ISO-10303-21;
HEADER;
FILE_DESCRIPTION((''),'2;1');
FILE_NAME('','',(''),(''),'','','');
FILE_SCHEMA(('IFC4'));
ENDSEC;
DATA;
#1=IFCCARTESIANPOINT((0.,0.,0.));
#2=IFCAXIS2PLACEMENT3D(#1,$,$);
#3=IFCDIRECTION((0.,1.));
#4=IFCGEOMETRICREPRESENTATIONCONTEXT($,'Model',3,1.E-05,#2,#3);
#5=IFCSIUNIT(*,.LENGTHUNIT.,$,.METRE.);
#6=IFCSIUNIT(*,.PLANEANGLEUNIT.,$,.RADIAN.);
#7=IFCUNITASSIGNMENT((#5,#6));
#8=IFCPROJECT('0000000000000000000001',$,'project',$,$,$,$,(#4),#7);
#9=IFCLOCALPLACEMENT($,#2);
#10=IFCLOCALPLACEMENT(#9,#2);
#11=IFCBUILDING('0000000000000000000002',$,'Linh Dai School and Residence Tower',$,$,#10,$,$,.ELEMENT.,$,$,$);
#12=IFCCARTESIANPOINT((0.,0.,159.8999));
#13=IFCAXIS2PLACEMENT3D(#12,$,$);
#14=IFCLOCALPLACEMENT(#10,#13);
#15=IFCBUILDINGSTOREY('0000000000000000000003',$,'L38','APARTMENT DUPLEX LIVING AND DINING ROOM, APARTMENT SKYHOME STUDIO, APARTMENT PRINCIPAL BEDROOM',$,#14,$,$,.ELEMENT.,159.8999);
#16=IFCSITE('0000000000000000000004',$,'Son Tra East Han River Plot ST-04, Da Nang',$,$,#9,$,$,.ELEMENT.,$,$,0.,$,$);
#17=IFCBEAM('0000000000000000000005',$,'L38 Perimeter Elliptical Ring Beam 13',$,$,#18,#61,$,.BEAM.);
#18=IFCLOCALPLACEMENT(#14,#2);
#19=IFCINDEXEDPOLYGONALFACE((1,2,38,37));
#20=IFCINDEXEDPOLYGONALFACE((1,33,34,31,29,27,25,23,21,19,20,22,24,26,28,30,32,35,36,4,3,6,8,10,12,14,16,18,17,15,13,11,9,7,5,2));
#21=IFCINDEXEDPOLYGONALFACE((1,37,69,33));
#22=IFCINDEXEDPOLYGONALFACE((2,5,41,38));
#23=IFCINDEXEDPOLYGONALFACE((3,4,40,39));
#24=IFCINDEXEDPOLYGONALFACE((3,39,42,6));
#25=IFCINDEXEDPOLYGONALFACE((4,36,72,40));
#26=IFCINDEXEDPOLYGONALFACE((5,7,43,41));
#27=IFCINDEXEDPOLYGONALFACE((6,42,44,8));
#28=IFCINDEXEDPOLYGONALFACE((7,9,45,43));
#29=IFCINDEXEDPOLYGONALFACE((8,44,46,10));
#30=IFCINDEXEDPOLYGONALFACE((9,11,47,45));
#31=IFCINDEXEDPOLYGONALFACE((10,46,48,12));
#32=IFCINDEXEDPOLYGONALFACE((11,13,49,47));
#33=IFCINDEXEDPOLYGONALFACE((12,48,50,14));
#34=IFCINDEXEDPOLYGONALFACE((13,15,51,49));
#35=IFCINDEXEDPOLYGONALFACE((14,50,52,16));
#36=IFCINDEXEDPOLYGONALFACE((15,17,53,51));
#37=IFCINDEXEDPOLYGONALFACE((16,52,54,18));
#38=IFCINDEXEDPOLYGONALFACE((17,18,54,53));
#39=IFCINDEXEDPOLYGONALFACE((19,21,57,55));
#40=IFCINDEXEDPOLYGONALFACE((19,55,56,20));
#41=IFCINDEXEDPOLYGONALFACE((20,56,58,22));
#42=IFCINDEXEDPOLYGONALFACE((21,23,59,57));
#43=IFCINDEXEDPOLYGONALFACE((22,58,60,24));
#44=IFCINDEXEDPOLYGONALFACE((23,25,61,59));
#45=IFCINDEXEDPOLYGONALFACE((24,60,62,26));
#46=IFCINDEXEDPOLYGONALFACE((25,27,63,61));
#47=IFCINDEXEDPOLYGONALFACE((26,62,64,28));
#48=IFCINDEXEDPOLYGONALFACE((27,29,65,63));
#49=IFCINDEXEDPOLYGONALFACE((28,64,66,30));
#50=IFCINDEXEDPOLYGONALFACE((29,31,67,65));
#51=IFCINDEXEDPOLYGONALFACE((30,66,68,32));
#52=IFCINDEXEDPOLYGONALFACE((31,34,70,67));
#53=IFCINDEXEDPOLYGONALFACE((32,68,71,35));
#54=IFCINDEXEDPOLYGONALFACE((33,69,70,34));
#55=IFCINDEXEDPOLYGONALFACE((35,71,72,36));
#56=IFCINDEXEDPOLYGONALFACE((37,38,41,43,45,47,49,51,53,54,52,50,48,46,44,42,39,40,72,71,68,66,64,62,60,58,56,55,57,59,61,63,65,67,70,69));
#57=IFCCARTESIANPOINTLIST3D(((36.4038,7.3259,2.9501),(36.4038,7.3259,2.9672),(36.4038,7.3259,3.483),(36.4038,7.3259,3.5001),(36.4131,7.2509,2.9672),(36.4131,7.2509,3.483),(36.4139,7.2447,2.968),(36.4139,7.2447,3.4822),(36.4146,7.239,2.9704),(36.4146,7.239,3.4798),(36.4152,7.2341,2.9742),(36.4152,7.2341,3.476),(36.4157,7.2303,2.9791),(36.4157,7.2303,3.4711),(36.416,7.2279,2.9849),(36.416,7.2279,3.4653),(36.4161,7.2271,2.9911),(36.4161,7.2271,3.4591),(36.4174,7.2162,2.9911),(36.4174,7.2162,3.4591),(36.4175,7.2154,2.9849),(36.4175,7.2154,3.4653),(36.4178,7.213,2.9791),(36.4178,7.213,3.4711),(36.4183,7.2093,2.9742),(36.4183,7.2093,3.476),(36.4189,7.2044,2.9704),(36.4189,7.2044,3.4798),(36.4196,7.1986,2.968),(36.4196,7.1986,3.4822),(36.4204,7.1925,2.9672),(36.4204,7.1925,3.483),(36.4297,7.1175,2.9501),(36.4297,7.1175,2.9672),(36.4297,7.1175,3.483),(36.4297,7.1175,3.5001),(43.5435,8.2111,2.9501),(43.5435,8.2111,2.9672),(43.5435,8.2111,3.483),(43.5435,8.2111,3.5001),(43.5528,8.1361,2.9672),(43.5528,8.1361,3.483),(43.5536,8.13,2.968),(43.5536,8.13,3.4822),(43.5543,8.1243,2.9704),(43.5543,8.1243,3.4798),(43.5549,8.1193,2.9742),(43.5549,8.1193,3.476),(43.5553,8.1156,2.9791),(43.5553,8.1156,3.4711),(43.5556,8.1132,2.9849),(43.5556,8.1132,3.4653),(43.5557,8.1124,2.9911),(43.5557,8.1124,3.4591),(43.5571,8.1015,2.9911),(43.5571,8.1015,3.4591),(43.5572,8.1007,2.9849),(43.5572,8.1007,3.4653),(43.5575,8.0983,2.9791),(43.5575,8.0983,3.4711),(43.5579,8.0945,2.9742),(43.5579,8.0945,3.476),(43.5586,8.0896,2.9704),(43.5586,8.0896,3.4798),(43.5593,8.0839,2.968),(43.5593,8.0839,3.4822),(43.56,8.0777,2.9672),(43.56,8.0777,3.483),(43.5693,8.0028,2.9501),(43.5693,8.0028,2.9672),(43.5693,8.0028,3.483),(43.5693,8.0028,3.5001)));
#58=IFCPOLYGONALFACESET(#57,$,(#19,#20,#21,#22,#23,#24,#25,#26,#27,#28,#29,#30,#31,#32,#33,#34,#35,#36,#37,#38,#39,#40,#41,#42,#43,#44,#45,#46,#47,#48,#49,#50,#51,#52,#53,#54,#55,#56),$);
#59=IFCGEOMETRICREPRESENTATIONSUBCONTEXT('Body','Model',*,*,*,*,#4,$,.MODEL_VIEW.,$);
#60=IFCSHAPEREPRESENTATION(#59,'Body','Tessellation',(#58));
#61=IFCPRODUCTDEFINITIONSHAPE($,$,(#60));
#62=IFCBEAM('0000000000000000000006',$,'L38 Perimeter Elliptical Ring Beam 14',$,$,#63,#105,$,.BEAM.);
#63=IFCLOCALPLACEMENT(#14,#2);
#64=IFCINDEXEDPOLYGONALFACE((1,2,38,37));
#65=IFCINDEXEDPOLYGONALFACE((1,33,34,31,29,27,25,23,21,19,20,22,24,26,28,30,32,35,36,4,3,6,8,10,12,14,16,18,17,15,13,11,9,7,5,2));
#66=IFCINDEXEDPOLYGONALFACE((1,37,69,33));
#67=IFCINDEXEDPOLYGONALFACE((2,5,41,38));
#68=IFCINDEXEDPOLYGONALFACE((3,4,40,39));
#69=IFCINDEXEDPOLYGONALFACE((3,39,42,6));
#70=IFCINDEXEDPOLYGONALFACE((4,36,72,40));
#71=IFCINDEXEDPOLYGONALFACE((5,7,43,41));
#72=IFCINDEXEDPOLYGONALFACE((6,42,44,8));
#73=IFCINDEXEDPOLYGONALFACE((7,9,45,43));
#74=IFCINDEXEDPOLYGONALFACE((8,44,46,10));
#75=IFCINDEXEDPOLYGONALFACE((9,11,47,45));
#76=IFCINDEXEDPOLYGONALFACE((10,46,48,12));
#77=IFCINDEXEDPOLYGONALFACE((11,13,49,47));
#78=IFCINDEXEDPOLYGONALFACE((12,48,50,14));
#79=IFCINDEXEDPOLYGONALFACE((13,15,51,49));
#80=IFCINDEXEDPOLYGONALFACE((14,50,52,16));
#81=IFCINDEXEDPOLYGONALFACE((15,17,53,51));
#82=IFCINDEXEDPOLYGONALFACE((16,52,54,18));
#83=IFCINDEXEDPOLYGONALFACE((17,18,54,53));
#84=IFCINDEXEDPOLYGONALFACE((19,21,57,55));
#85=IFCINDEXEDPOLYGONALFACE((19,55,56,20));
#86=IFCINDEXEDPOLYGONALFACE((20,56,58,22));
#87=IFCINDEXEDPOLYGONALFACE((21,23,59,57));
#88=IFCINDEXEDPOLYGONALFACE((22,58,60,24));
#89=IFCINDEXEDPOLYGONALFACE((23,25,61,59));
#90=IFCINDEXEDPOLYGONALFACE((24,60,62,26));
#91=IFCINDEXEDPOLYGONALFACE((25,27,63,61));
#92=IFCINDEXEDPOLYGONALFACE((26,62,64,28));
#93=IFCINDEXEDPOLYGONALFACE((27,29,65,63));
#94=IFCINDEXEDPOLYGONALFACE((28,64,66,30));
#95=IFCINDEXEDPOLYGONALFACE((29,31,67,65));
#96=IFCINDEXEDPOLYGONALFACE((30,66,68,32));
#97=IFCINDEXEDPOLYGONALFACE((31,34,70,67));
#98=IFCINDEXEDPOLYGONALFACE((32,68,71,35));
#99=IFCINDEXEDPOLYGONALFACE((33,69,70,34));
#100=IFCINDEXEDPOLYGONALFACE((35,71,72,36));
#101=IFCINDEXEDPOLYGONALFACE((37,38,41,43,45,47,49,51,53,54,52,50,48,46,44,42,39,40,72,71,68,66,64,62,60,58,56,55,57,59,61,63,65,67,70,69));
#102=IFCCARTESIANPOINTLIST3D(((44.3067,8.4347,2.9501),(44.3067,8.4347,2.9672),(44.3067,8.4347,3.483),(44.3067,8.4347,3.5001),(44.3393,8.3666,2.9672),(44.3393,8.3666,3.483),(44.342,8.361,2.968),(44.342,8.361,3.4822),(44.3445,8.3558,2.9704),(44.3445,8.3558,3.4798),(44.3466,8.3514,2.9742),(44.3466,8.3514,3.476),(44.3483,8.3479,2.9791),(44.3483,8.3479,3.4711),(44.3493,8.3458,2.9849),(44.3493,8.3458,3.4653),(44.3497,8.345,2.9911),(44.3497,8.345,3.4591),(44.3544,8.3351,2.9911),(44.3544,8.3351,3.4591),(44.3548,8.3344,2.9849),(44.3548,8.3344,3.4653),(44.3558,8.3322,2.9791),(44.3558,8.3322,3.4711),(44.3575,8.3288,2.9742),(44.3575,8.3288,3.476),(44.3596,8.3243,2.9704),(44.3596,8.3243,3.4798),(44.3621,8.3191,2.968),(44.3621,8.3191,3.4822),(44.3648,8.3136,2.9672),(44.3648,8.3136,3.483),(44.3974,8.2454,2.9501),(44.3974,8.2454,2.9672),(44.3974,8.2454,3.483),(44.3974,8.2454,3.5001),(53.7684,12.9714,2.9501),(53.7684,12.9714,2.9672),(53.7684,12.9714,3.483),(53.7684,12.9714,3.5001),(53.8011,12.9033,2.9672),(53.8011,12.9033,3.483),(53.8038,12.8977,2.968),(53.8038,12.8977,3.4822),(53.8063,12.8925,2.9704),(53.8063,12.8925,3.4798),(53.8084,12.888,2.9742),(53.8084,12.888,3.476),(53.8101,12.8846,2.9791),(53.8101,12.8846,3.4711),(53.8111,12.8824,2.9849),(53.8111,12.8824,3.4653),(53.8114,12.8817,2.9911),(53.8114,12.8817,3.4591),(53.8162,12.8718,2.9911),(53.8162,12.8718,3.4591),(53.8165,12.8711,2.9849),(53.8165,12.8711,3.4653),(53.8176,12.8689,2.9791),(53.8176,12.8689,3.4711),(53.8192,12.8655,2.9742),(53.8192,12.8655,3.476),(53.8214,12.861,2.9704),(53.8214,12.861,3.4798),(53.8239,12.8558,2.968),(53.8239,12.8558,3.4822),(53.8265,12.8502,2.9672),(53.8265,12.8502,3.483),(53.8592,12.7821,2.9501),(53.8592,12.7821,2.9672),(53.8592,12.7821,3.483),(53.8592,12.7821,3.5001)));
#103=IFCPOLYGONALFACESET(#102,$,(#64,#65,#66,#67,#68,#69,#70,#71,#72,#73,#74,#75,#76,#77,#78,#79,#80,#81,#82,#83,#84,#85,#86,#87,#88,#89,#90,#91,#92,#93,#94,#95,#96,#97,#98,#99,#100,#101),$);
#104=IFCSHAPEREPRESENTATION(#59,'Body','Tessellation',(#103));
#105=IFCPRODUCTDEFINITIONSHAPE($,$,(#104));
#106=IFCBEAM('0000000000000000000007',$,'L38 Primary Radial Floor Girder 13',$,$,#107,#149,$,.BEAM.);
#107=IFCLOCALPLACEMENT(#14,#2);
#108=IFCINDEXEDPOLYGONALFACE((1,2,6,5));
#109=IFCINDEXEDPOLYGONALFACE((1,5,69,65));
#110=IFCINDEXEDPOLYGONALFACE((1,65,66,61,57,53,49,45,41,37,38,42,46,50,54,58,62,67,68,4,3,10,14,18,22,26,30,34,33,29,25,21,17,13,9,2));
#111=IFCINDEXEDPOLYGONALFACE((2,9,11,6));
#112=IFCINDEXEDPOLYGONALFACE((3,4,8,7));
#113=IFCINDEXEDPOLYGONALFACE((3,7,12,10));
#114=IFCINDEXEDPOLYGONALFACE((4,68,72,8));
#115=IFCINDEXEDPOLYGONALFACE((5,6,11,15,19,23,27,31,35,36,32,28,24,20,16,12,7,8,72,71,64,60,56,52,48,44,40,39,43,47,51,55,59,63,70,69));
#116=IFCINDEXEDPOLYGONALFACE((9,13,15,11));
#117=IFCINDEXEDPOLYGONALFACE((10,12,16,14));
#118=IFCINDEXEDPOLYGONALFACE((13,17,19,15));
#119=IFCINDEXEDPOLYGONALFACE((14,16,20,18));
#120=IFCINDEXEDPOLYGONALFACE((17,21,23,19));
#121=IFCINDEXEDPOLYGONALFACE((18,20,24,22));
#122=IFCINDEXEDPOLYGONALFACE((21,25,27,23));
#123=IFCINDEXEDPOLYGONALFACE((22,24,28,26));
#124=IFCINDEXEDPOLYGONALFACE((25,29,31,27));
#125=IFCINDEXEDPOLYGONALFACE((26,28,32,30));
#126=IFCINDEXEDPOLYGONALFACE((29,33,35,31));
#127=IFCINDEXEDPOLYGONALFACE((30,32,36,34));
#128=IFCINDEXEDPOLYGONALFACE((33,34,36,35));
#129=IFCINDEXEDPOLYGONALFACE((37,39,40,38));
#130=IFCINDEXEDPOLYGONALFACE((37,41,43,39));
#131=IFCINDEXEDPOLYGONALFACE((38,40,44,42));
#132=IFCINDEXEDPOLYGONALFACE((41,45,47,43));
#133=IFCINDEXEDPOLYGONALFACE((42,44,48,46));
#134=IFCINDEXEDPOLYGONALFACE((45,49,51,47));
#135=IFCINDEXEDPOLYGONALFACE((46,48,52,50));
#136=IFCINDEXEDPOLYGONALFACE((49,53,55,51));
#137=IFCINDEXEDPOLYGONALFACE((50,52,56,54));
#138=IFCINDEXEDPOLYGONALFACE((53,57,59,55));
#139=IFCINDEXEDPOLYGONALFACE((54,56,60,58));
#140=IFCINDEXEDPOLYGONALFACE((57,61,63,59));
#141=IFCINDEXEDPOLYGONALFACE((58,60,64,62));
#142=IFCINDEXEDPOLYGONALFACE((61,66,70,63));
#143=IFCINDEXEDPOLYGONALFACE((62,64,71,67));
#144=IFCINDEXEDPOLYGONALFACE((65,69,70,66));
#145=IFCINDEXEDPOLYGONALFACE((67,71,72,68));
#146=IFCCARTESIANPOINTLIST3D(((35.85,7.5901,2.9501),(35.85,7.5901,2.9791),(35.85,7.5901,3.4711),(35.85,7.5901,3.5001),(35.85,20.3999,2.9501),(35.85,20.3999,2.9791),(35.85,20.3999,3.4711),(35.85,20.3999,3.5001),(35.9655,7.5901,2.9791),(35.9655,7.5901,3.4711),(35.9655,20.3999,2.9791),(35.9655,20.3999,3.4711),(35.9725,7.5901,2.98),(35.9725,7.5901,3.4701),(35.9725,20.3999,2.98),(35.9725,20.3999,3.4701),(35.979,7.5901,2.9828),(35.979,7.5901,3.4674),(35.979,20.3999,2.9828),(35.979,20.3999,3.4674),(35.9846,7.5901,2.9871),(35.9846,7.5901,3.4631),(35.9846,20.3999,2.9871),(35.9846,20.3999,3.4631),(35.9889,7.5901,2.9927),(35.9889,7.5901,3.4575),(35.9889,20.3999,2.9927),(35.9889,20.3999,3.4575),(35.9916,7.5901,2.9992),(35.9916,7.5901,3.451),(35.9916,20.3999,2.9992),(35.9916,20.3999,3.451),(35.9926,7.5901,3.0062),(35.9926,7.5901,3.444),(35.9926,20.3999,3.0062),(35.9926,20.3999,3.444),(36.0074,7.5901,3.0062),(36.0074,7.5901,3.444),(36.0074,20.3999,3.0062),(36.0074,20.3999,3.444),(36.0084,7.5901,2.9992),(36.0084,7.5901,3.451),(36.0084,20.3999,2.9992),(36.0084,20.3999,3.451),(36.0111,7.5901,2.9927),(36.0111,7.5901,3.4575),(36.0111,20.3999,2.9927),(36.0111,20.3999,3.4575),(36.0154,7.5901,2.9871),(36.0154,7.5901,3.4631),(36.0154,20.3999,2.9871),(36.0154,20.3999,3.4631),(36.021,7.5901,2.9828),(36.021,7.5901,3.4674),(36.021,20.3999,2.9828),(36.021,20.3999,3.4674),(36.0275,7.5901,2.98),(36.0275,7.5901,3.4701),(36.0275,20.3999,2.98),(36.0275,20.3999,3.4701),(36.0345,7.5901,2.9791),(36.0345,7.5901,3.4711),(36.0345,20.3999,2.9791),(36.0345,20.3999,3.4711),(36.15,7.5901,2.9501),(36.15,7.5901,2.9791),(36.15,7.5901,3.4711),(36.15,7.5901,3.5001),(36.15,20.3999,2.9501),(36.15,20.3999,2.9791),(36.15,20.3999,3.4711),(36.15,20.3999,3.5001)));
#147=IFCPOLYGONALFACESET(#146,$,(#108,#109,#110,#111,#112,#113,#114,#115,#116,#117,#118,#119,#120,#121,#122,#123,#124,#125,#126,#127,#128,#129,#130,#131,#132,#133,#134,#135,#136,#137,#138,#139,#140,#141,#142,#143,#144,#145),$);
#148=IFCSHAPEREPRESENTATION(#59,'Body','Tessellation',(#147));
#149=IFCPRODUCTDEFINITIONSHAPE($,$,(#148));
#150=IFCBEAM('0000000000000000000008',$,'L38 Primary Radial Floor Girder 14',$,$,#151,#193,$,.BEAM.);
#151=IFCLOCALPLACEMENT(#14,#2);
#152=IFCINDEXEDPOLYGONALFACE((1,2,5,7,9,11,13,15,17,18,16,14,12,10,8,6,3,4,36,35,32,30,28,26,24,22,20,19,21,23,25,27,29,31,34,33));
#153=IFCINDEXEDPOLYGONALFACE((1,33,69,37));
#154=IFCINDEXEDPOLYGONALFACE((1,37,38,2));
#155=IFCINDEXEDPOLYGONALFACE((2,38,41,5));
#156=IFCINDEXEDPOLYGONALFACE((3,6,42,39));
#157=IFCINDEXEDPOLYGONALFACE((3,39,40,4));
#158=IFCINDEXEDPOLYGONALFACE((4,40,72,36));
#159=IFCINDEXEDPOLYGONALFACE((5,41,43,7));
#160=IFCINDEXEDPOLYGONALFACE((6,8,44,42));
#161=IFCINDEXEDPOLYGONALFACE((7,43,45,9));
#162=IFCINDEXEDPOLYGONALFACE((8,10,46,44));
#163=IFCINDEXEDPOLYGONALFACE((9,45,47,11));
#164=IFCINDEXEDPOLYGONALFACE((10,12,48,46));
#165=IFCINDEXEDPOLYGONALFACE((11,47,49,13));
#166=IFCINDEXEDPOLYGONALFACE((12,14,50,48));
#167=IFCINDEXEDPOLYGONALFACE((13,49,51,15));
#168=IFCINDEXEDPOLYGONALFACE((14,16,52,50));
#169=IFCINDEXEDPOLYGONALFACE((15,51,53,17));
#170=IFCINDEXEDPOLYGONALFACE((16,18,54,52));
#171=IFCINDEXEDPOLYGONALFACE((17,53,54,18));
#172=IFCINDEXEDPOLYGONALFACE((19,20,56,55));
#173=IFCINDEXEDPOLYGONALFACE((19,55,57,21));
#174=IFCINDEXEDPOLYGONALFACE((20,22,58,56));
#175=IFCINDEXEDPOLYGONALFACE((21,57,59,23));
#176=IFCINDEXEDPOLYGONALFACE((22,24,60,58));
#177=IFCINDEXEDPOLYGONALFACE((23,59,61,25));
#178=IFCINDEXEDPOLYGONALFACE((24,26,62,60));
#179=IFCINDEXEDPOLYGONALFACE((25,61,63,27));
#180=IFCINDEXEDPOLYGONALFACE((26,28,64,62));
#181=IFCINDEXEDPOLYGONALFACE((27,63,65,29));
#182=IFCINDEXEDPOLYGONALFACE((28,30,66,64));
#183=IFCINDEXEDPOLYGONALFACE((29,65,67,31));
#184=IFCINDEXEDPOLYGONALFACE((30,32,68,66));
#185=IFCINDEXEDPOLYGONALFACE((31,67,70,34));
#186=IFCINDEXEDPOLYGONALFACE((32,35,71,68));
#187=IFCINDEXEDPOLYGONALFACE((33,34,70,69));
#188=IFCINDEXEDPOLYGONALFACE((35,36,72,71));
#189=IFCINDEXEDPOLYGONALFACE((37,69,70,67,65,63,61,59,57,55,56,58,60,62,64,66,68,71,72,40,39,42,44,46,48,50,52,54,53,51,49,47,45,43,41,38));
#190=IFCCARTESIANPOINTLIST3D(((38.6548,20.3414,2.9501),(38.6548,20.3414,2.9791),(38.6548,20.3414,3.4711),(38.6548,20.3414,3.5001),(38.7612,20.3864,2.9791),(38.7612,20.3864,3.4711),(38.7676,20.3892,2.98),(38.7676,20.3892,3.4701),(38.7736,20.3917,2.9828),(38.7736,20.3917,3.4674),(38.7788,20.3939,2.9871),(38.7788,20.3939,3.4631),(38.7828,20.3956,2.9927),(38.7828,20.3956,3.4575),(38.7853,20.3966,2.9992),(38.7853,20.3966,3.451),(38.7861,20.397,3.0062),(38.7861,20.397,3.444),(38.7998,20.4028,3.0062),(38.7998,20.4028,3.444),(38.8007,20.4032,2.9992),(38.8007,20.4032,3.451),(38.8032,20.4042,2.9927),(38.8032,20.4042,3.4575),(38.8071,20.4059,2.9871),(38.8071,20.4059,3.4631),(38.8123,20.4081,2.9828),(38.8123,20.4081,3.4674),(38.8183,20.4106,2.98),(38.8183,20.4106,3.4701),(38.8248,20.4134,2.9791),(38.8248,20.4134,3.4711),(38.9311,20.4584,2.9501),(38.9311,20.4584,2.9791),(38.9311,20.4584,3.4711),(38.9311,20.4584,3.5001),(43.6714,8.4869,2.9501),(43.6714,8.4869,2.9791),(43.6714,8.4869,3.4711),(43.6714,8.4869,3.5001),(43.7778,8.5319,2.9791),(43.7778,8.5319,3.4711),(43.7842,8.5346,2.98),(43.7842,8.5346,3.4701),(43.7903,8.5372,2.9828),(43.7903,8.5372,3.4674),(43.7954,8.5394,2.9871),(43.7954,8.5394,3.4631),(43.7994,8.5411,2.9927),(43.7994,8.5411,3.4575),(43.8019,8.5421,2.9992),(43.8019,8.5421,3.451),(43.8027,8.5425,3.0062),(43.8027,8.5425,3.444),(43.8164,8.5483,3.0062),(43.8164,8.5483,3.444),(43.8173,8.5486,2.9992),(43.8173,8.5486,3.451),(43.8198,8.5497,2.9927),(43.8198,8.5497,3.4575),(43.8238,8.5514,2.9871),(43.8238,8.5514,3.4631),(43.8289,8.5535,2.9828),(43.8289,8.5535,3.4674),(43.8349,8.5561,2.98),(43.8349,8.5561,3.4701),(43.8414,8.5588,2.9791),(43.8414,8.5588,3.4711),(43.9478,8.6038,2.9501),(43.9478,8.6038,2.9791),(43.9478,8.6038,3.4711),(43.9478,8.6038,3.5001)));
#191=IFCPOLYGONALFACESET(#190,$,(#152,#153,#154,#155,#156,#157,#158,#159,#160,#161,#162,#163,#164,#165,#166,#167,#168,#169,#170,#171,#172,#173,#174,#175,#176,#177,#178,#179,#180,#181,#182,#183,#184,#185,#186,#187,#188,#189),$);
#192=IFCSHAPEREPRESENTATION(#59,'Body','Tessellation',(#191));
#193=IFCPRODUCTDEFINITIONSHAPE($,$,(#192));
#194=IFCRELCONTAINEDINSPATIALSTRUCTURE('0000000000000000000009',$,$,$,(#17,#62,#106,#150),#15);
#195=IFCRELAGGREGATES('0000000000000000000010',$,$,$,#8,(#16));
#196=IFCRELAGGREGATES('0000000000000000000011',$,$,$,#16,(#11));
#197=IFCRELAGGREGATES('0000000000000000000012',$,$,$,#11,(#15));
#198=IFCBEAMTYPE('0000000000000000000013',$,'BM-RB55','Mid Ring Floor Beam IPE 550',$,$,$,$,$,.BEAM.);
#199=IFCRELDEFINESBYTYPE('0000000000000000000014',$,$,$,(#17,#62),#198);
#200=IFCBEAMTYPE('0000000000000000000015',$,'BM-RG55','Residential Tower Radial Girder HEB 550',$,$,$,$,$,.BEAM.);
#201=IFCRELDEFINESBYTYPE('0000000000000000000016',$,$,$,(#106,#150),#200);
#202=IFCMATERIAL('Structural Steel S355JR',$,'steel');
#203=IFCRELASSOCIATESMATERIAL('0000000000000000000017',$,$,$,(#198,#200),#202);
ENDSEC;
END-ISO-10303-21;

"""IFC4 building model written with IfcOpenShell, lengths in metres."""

from ifc_helpers import new_model, si_unit, direction, frame, origin, origin_2d, place, context, subcontext, project, spatial, i_section, extrude, material, material_profile, profile_set, type_object, element, save


model = new_model("IFC4")

# Units and contexts
model_context = context("Model", 3, precision=1e-05, world=origin(), true_north=direction((0.0, 1.0)))
body_context = subcontext(model_context, "Body", "Model", "MODEL_VIEW")
ifc_project = project(units=[si_unit("LENGTHUNIT", "METRE"), si_unit("PLANEANGLEUNIT", "RADIAN")], contexts=[model_context])

# Site, building, storey
site_placement = place(None, origin())
site = spatial("IfcSite", under=ifc_project, at=site_placement, Name="Son Tra East Han River Plot ST-04, Da Nang", CompositionType="ELEMENT", RefElevation=0.0)
building_placement = place(site_placement, origin())
building = spatial("IfcBuilding", under=site, at=building_placement, Name="Linh Dai School and Residence Tower", CompositionType="ELEMENT")
storey_placement = place(building_placement, frame((0.0, 0.0, 159.8999)))
storey = spatial("IfcBuildingStorey", under=building, at=storey_placement, Name="L38", Description="APARTMENT DUPLEX LIVING AND DINING ROOM, APARTMENT SKYHOME STUDIO, APARTMENT PRINCIPAL BEDROOM", CompositionType="ELEMENT", Elevation=159.8999)

# Shared definitions
ifc_material_1 = material(Name="Structural Steel S355JR", Category="steel")

# Beams
ifc_material_profile_1 = material_profile(ifc_material_1, i_section(OverallWidth=0.21, OverallDepth=0.55, WebThickness=0.011, FlangeThickness=0.0171, FilletRadius=0.0239, at=origin_2d()), Name="IPE 550")
ifc_profile_set_1 = profile_set([ifc_material_profile_1], Name="Structural Steel S355JR")
beam_type_1 = type_object("IfcBeamType", Name="BM-RB55", Description="Mid Ring Floor Beam IPE 550", PredefinedType="BEAM", material=ifc_profile_set_1)
beam_1_placement = place(storey_placement, frame((36.4167, 7.2217, 3.2251), z_axis=(0.992401, 0.123049, 0.0), x_axis=(-0.123049, 0.992401, 0.0)))
element("IfcBeam", 1, at=beam_1_placement, inside=storey, type_object=beam_type_1, Name="L38 Perimeter Elliptical Ring Beam 13", PredefinedType="BEAM", context=body_context, shape_type="SweptSolid", body=[
    extrude(i_section(OverallWidth=0.21, OverallDepth=0.55, WebThickness=0.011, FlangeThickness=0.0171, FilletRadius=0.0239, at=origin_2d()), origin(), (0.0, 0.0, 1.0), 7.1943),
])
beam_2_placement = place(storey_placement, frame((44.3521, 8.3401, 3.2251), z_axis=(0.901708, 0.432345, 0.0), x_axis=(-0.432345, 0.901708, 0.0)))
element("IfcBeam", 2, at=beam_2_placement, inside=storey, type_object=beam_type_1, Name="L38 Perimeter Elliptical Ring Beam 14", PredefinedType="BEAM", context=body_context, shape_type="SweptSolid", body=[
    extrude(i_section(OverallWidth=0.21, OverallDepth=0.55, WebThickness=0.011, FlangeThickness=0.0171, FilletRadius=0.0239, at=origin_2d()), origin(), (0.0, 0.0, 1.0), 10.4932),
])
ifc_material_profile_2 = material_profile(ifc_material_1, i_section(OverallWidth=0.3, OverallDepth=0.55, WebThickness=0.0149, FlangeThickness=0.0291, FilletRadius=0.0271, at=origin_2d()), Name="HEB 550")
ifc_profile_set_2 = profile_set([ifc_material_profile_2], Name="Structural Steel S355JR")
beam_type_2 = type_object("IfcBeamType", Name="BM-RG55", Description="Residential Tower Radial Girder HEB 550", PredefinedType="BEAM", material=ifc_profile_set_2)
beam_3_placement = place(storey_placement, frame((36.0, 20.3999, 3.2251), z_axis=(0.0, -1.0, 0.0), x_axis=(1.0, 0.0, 0.0)))
element("IfcBeam", 3, at=beam_3_placement, inside=storey, type_object=beam_type_2, Name="L38 Primary Radial Floor Girder 13", PredefinedType="BEAM", context=body_context, shape_type="SweptSolid", body=[
    extrude(i_section(OverallWidth=0.3, OverallDepth=0.55, WebThickness=0.0149, FlangeThickness=0.0291, FilletRadius=0.0271, at=origin_2d()), origin(), (0.0, 0.0, 1.0), 12.8098),
])
beam_4_placement = place(storey_placement, frame((38.793, 20.3999, 3.2251), z_axis=(0.389722, -0.920933, 0.0), x_axis=(0.920933, 0.389722, 0.0)))
element("IfcBeam", 4, at=beam_4_placement, inside=storey, type_object=beam_type_2, Name="L38 Primary Radial Floor Girder 14", PredefinedType="BEAM", context=body_context, shape_type="SweptSolid", body=[
    extrude(i_section(OverallWidth=0.3, OverallDepth=0.55, WebThickness=0.0149, FlangeThickness=0.0291, FilletRadius=0.0271, at=origin_2d()), origin(), (0.0, 0.0, 1.0), 12.8723),
])

save(model, "model.ifc")
